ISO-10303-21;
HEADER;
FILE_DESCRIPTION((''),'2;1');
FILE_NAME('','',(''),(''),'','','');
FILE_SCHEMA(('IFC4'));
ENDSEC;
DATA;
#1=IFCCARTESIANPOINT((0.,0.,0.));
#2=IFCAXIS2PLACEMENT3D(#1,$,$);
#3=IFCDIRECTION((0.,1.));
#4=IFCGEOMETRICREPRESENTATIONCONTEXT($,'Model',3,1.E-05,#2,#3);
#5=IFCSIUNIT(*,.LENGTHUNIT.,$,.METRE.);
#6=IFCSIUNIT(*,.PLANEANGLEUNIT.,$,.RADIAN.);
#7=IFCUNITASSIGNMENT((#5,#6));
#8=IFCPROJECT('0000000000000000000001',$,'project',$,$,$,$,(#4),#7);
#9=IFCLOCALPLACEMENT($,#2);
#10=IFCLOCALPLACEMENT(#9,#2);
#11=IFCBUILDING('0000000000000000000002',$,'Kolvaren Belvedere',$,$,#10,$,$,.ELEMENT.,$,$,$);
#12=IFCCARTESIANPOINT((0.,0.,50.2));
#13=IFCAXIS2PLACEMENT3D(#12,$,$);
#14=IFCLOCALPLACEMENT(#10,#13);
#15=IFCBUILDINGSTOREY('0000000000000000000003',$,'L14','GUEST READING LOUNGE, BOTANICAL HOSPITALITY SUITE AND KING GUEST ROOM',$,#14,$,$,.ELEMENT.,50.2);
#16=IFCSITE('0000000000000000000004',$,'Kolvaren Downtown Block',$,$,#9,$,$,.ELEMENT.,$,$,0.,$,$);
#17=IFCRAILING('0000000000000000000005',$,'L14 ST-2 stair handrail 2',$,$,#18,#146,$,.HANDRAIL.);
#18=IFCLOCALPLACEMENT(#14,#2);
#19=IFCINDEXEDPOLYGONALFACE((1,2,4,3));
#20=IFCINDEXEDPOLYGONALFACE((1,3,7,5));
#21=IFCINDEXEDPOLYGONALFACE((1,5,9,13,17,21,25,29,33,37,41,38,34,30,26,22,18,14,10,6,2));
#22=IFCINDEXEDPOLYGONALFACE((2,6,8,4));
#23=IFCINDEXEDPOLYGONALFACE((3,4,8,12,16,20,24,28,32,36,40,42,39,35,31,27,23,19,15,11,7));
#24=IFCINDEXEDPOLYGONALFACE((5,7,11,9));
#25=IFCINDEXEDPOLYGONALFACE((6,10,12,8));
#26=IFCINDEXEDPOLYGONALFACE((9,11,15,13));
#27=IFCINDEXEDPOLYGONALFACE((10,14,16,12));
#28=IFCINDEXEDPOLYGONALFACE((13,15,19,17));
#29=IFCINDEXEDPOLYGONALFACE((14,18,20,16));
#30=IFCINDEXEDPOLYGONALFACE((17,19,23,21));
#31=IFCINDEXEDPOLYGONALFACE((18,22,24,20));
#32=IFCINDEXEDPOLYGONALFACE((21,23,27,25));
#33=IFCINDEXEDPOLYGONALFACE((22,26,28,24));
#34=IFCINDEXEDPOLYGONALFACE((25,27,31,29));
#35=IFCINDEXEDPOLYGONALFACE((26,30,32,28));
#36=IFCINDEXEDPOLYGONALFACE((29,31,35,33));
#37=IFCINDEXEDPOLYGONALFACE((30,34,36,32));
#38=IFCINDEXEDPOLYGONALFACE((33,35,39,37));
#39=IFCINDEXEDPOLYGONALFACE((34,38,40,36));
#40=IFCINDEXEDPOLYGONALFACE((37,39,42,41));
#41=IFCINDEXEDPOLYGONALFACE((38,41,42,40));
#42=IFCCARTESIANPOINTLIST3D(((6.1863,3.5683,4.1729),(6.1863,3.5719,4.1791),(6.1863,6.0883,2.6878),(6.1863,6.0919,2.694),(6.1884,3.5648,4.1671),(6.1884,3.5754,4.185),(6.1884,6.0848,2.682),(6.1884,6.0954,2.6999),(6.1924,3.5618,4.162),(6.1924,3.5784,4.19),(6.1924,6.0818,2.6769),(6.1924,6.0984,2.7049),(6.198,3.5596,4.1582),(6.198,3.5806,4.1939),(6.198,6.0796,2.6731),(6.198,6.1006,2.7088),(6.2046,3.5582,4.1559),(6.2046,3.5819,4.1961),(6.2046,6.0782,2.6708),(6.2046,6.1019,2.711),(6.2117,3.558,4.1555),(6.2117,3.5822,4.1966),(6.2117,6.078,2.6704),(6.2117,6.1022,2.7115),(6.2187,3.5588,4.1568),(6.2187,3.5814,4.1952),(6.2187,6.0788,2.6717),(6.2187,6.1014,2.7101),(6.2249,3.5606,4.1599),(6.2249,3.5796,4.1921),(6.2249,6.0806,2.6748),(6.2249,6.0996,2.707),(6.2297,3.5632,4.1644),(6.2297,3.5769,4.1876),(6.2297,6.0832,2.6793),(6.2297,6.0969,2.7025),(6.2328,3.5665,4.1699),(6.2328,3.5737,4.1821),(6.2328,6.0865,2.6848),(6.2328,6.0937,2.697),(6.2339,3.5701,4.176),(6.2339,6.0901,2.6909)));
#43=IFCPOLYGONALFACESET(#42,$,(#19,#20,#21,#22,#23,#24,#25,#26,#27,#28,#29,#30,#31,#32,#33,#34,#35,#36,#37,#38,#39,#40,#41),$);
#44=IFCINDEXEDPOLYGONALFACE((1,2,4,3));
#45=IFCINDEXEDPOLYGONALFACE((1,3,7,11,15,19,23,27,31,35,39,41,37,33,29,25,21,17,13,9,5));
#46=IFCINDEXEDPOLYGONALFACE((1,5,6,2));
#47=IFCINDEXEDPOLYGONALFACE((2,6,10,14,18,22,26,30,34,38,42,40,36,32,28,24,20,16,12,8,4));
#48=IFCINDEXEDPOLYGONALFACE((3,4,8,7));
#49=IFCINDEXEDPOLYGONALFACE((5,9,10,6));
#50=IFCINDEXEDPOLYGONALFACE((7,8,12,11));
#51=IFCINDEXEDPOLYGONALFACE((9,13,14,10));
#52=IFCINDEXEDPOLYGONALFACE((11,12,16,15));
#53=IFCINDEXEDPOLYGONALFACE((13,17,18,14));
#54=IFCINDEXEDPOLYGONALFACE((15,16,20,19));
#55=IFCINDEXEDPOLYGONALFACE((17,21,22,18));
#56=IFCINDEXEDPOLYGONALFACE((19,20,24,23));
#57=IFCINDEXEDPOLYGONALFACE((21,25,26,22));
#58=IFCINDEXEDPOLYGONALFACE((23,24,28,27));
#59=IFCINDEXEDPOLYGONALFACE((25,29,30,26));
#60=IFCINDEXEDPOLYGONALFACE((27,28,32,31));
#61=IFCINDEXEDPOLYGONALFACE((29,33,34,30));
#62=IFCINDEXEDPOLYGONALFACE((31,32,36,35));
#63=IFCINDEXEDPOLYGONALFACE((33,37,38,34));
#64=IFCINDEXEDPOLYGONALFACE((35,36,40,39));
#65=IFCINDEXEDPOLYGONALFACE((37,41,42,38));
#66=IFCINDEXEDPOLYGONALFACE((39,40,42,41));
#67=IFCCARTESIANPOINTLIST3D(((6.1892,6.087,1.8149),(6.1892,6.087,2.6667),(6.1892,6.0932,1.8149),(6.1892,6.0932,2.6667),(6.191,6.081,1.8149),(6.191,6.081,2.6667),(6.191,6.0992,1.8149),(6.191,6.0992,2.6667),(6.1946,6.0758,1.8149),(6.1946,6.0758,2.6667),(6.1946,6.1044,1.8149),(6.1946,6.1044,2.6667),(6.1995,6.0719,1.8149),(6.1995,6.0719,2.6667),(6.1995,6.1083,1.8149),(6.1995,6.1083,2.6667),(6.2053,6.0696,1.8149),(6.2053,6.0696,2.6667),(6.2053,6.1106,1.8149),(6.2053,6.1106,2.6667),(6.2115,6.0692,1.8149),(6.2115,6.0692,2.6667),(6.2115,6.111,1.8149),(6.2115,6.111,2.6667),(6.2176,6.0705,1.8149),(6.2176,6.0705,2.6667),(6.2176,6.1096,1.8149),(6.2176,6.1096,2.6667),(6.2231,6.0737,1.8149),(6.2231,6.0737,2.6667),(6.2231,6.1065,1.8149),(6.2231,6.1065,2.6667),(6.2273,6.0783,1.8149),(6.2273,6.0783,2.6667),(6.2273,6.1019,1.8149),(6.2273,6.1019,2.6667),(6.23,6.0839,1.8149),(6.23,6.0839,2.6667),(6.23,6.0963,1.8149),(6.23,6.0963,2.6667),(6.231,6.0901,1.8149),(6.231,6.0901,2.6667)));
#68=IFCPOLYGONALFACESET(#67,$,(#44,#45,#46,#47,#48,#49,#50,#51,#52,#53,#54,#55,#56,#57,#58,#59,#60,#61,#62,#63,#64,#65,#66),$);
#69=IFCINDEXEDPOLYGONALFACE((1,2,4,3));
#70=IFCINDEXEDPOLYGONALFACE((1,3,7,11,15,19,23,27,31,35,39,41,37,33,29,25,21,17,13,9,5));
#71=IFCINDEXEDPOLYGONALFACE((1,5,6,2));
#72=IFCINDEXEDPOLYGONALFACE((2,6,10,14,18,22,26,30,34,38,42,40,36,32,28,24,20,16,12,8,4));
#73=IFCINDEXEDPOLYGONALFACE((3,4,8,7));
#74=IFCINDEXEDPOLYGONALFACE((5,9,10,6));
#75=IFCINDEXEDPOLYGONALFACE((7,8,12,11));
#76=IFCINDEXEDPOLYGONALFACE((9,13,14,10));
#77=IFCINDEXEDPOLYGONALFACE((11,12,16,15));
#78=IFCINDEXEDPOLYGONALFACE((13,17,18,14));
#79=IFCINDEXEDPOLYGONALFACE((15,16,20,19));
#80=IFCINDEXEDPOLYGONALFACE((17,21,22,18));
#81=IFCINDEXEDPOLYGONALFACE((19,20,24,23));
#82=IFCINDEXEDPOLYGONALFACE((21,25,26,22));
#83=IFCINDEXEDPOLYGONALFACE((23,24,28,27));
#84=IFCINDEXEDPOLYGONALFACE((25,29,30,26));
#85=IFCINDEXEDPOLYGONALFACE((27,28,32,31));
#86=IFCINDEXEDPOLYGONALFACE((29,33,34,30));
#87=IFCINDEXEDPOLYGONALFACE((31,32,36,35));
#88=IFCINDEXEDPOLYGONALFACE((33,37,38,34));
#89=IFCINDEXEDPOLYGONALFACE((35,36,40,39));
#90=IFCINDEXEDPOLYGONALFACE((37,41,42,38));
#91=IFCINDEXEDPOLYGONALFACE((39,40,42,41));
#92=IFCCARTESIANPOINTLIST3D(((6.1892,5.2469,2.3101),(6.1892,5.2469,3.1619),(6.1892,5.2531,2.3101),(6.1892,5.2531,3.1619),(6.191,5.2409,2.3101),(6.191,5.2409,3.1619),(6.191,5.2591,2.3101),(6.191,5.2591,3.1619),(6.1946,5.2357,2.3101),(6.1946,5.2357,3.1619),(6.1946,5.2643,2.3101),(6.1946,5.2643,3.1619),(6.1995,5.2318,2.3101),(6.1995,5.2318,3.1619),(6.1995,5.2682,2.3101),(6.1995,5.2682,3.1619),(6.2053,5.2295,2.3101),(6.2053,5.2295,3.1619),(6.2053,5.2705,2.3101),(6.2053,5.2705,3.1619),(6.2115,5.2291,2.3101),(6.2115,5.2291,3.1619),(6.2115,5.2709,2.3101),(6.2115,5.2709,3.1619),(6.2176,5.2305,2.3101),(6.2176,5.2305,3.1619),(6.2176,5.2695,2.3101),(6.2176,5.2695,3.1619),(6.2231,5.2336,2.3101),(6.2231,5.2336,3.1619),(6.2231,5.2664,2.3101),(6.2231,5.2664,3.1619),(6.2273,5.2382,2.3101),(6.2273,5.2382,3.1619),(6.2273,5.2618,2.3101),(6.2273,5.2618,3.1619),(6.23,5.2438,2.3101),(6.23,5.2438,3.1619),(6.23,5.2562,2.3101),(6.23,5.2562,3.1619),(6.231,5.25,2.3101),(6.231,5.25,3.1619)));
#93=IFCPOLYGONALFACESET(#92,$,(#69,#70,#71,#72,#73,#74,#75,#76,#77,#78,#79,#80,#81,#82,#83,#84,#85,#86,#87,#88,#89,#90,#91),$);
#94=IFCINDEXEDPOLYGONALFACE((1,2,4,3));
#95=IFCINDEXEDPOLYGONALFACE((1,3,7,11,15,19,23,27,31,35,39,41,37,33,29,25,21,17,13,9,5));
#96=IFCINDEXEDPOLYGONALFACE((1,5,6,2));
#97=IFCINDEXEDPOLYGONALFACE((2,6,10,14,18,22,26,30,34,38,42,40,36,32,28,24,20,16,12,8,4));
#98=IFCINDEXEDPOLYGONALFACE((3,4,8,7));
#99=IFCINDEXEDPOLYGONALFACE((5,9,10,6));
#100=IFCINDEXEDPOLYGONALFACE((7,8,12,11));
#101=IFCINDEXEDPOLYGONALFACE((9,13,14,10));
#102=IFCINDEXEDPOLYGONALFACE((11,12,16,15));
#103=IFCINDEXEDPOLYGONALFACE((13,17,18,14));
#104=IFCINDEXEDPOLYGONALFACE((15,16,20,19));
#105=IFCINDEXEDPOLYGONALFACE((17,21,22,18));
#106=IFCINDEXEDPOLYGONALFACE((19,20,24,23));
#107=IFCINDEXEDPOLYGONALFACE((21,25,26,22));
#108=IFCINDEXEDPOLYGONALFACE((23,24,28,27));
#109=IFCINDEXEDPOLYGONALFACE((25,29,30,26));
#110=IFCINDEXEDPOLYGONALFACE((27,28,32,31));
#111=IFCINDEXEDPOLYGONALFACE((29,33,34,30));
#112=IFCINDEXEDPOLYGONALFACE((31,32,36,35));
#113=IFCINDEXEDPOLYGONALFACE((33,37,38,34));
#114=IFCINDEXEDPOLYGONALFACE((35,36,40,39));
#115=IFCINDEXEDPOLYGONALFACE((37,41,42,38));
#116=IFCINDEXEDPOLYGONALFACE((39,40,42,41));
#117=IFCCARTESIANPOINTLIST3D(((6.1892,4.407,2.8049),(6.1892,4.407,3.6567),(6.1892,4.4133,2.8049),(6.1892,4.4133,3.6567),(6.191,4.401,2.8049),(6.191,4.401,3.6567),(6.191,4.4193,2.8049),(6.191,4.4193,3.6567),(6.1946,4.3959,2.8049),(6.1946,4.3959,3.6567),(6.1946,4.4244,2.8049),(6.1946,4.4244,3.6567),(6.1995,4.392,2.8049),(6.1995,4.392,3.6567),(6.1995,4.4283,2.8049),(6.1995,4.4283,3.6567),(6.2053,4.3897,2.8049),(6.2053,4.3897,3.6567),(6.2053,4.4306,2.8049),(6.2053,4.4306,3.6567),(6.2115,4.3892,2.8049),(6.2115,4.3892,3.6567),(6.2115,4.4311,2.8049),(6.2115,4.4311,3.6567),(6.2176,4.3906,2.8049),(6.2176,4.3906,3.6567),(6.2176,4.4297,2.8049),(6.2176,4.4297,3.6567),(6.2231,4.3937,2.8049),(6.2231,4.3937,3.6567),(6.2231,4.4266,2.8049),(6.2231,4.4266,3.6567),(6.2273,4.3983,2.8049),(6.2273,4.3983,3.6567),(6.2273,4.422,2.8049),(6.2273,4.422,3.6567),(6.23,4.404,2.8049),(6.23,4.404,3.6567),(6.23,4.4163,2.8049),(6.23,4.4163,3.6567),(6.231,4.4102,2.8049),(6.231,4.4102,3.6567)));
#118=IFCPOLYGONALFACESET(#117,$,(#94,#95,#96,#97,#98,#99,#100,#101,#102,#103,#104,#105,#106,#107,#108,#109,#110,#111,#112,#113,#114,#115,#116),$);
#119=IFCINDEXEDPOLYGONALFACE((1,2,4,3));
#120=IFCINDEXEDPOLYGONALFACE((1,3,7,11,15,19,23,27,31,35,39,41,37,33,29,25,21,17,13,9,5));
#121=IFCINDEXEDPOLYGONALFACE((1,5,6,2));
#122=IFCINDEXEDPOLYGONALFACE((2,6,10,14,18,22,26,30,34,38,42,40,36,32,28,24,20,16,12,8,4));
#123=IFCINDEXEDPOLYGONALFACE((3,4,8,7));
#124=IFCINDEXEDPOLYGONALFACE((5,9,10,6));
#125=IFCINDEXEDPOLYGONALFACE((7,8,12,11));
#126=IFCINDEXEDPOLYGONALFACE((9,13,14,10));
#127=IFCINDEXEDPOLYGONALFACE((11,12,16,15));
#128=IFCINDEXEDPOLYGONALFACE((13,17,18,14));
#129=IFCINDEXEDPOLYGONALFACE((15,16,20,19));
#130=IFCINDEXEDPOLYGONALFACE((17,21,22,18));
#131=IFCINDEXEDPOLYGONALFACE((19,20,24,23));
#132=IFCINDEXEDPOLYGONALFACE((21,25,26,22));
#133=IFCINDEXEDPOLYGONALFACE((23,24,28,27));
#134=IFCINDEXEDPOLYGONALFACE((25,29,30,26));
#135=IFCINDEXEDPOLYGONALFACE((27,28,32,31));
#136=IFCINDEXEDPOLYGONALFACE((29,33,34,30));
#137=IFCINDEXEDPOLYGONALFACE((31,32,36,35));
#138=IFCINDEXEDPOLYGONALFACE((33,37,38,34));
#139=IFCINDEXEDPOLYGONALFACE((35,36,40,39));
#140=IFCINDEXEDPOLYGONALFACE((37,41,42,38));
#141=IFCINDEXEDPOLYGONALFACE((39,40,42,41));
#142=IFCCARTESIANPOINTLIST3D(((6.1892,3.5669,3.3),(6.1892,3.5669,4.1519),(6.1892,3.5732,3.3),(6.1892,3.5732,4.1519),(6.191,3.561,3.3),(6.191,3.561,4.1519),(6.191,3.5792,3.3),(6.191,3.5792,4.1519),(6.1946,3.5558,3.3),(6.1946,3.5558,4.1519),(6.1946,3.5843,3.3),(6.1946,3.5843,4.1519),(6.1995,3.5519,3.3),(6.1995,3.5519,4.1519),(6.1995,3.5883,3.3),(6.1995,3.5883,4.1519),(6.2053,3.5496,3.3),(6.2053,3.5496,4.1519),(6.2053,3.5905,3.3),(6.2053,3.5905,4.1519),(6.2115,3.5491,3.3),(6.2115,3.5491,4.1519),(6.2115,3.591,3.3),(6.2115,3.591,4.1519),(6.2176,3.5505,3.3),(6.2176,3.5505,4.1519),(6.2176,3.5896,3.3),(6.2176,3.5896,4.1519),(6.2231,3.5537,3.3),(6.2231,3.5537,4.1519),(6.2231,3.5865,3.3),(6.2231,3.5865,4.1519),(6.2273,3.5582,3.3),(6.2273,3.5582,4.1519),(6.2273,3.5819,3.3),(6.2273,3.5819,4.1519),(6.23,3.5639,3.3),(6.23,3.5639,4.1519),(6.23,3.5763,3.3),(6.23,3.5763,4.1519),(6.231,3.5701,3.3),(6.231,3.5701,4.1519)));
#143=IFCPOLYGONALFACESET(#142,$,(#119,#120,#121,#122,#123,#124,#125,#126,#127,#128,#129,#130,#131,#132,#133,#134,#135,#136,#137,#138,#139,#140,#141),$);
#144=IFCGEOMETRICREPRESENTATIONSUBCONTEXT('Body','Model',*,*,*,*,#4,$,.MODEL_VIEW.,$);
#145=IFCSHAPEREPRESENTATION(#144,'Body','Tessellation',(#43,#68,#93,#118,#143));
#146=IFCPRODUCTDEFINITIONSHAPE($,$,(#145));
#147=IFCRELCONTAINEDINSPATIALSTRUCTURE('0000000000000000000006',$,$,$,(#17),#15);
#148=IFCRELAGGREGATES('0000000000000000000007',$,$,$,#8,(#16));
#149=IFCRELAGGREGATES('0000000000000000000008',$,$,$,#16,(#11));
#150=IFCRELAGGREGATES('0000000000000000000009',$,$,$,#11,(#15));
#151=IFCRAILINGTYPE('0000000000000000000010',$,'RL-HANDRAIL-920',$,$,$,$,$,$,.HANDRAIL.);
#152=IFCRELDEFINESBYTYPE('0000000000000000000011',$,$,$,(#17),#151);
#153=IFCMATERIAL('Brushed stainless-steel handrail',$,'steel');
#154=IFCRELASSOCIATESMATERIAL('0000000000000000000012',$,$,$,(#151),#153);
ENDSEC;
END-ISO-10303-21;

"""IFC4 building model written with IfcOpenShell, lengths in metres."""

from ifc_helpers import new_model, si_unit, direction, frame, origin, origin_2d, place, context, subcontext, project, spatial, circle, extrude, material, type_object, element, save


model = new_model("IFC4")

# Units and contexts
model_context = context("Model", 3, precision=1e-05, world=origin(), true_north=direction((0.0, 1.0)))
body_context = subcontext(model_context, "Body", "Model", "MODEL_VIEW")
ifc_project = project(units=[si_unit("LENGTHUNIT", "METRE"), si_unit("PLANEANGLEUNIT", "RADIAN")], contexts=[model_context])

# Site, building, storey
site_placement = place(None, origin())
site = spatial("IfcSite", under=ifc_project, at=site_placement, Name="Kolvaren Downtown Block", CompositionType="ELEMENT", RefElevation=0.0)
building_placement = place(site_placement, origin())
building = spatial("IfcBuilding", under=site, at=building_placement, Name="Kolvaren Belvedere", CompositionType="ELEMENT")
storey_placement = place(building_placement, frame((0.0, 0.0, 50.2)))
storey = spatial("IfcBuildingStorey", under=building, at=storey_placement, Name="L14", Description="GUEST READING LOUNGE, BOTANICAL HOSPITALITY SUITE AND KING GUEST ROOM", CompositionType="ELEMENT", Elevation=50.2)

# Railing
ifc_material_1 = material(Name="Brushed stainless-steel handrail", Category="steel")
railing_type_1 = type_object("IfcRailingType", Name="RL-HANDRAIL-920", PredefinedType="HANDRAIL", material=ifc_material_1)
railing_1_placement = place(storey_placement, frame((6.21, 6.0901, 1.8149)))
element("IfcRailing", 1, at=railing_1_placement, inside=storey, type_object=railing_type_1, Name="L14 ST-2 stair handrail 2", PredefinedType="HANDRAIL", context=body_context, shape_type="SweptSolid", body=[
    extrude(circle(Radius=0.0239, at=origin_2d()), frame((0.0, 0.0, 0.876), z_axis=(0.0, -0.861524, 0.507717), x_axis=(1.0, 0.0, 0.0)), (0.0, 0.0, 1.0), 2.925),
    extrude(circle(Radius=0.021, at=origin_2d()), origin(), (0.0, 0.0, 1.0), 0.8518),
    extrude(circle(Radius=0.021, at=origin_2d()), frame((0.0, -0.8401, 0.4951)), (0.0, 0.0, 1.0), 0.8518),
    extrude(circle(Radius=0.021, at=origin_2d()), frame((0.0, -1.6799, 0.99)), (0.0, 0.0, 1.0), 0.8518),
    extrude(circle(Radius=0.021, at=origin_2d()), frame((0.0, -2.52, 1.4851)), (0.0, 0.0, 1.0), 0.8518),
])

save(model, "model.ifc")
